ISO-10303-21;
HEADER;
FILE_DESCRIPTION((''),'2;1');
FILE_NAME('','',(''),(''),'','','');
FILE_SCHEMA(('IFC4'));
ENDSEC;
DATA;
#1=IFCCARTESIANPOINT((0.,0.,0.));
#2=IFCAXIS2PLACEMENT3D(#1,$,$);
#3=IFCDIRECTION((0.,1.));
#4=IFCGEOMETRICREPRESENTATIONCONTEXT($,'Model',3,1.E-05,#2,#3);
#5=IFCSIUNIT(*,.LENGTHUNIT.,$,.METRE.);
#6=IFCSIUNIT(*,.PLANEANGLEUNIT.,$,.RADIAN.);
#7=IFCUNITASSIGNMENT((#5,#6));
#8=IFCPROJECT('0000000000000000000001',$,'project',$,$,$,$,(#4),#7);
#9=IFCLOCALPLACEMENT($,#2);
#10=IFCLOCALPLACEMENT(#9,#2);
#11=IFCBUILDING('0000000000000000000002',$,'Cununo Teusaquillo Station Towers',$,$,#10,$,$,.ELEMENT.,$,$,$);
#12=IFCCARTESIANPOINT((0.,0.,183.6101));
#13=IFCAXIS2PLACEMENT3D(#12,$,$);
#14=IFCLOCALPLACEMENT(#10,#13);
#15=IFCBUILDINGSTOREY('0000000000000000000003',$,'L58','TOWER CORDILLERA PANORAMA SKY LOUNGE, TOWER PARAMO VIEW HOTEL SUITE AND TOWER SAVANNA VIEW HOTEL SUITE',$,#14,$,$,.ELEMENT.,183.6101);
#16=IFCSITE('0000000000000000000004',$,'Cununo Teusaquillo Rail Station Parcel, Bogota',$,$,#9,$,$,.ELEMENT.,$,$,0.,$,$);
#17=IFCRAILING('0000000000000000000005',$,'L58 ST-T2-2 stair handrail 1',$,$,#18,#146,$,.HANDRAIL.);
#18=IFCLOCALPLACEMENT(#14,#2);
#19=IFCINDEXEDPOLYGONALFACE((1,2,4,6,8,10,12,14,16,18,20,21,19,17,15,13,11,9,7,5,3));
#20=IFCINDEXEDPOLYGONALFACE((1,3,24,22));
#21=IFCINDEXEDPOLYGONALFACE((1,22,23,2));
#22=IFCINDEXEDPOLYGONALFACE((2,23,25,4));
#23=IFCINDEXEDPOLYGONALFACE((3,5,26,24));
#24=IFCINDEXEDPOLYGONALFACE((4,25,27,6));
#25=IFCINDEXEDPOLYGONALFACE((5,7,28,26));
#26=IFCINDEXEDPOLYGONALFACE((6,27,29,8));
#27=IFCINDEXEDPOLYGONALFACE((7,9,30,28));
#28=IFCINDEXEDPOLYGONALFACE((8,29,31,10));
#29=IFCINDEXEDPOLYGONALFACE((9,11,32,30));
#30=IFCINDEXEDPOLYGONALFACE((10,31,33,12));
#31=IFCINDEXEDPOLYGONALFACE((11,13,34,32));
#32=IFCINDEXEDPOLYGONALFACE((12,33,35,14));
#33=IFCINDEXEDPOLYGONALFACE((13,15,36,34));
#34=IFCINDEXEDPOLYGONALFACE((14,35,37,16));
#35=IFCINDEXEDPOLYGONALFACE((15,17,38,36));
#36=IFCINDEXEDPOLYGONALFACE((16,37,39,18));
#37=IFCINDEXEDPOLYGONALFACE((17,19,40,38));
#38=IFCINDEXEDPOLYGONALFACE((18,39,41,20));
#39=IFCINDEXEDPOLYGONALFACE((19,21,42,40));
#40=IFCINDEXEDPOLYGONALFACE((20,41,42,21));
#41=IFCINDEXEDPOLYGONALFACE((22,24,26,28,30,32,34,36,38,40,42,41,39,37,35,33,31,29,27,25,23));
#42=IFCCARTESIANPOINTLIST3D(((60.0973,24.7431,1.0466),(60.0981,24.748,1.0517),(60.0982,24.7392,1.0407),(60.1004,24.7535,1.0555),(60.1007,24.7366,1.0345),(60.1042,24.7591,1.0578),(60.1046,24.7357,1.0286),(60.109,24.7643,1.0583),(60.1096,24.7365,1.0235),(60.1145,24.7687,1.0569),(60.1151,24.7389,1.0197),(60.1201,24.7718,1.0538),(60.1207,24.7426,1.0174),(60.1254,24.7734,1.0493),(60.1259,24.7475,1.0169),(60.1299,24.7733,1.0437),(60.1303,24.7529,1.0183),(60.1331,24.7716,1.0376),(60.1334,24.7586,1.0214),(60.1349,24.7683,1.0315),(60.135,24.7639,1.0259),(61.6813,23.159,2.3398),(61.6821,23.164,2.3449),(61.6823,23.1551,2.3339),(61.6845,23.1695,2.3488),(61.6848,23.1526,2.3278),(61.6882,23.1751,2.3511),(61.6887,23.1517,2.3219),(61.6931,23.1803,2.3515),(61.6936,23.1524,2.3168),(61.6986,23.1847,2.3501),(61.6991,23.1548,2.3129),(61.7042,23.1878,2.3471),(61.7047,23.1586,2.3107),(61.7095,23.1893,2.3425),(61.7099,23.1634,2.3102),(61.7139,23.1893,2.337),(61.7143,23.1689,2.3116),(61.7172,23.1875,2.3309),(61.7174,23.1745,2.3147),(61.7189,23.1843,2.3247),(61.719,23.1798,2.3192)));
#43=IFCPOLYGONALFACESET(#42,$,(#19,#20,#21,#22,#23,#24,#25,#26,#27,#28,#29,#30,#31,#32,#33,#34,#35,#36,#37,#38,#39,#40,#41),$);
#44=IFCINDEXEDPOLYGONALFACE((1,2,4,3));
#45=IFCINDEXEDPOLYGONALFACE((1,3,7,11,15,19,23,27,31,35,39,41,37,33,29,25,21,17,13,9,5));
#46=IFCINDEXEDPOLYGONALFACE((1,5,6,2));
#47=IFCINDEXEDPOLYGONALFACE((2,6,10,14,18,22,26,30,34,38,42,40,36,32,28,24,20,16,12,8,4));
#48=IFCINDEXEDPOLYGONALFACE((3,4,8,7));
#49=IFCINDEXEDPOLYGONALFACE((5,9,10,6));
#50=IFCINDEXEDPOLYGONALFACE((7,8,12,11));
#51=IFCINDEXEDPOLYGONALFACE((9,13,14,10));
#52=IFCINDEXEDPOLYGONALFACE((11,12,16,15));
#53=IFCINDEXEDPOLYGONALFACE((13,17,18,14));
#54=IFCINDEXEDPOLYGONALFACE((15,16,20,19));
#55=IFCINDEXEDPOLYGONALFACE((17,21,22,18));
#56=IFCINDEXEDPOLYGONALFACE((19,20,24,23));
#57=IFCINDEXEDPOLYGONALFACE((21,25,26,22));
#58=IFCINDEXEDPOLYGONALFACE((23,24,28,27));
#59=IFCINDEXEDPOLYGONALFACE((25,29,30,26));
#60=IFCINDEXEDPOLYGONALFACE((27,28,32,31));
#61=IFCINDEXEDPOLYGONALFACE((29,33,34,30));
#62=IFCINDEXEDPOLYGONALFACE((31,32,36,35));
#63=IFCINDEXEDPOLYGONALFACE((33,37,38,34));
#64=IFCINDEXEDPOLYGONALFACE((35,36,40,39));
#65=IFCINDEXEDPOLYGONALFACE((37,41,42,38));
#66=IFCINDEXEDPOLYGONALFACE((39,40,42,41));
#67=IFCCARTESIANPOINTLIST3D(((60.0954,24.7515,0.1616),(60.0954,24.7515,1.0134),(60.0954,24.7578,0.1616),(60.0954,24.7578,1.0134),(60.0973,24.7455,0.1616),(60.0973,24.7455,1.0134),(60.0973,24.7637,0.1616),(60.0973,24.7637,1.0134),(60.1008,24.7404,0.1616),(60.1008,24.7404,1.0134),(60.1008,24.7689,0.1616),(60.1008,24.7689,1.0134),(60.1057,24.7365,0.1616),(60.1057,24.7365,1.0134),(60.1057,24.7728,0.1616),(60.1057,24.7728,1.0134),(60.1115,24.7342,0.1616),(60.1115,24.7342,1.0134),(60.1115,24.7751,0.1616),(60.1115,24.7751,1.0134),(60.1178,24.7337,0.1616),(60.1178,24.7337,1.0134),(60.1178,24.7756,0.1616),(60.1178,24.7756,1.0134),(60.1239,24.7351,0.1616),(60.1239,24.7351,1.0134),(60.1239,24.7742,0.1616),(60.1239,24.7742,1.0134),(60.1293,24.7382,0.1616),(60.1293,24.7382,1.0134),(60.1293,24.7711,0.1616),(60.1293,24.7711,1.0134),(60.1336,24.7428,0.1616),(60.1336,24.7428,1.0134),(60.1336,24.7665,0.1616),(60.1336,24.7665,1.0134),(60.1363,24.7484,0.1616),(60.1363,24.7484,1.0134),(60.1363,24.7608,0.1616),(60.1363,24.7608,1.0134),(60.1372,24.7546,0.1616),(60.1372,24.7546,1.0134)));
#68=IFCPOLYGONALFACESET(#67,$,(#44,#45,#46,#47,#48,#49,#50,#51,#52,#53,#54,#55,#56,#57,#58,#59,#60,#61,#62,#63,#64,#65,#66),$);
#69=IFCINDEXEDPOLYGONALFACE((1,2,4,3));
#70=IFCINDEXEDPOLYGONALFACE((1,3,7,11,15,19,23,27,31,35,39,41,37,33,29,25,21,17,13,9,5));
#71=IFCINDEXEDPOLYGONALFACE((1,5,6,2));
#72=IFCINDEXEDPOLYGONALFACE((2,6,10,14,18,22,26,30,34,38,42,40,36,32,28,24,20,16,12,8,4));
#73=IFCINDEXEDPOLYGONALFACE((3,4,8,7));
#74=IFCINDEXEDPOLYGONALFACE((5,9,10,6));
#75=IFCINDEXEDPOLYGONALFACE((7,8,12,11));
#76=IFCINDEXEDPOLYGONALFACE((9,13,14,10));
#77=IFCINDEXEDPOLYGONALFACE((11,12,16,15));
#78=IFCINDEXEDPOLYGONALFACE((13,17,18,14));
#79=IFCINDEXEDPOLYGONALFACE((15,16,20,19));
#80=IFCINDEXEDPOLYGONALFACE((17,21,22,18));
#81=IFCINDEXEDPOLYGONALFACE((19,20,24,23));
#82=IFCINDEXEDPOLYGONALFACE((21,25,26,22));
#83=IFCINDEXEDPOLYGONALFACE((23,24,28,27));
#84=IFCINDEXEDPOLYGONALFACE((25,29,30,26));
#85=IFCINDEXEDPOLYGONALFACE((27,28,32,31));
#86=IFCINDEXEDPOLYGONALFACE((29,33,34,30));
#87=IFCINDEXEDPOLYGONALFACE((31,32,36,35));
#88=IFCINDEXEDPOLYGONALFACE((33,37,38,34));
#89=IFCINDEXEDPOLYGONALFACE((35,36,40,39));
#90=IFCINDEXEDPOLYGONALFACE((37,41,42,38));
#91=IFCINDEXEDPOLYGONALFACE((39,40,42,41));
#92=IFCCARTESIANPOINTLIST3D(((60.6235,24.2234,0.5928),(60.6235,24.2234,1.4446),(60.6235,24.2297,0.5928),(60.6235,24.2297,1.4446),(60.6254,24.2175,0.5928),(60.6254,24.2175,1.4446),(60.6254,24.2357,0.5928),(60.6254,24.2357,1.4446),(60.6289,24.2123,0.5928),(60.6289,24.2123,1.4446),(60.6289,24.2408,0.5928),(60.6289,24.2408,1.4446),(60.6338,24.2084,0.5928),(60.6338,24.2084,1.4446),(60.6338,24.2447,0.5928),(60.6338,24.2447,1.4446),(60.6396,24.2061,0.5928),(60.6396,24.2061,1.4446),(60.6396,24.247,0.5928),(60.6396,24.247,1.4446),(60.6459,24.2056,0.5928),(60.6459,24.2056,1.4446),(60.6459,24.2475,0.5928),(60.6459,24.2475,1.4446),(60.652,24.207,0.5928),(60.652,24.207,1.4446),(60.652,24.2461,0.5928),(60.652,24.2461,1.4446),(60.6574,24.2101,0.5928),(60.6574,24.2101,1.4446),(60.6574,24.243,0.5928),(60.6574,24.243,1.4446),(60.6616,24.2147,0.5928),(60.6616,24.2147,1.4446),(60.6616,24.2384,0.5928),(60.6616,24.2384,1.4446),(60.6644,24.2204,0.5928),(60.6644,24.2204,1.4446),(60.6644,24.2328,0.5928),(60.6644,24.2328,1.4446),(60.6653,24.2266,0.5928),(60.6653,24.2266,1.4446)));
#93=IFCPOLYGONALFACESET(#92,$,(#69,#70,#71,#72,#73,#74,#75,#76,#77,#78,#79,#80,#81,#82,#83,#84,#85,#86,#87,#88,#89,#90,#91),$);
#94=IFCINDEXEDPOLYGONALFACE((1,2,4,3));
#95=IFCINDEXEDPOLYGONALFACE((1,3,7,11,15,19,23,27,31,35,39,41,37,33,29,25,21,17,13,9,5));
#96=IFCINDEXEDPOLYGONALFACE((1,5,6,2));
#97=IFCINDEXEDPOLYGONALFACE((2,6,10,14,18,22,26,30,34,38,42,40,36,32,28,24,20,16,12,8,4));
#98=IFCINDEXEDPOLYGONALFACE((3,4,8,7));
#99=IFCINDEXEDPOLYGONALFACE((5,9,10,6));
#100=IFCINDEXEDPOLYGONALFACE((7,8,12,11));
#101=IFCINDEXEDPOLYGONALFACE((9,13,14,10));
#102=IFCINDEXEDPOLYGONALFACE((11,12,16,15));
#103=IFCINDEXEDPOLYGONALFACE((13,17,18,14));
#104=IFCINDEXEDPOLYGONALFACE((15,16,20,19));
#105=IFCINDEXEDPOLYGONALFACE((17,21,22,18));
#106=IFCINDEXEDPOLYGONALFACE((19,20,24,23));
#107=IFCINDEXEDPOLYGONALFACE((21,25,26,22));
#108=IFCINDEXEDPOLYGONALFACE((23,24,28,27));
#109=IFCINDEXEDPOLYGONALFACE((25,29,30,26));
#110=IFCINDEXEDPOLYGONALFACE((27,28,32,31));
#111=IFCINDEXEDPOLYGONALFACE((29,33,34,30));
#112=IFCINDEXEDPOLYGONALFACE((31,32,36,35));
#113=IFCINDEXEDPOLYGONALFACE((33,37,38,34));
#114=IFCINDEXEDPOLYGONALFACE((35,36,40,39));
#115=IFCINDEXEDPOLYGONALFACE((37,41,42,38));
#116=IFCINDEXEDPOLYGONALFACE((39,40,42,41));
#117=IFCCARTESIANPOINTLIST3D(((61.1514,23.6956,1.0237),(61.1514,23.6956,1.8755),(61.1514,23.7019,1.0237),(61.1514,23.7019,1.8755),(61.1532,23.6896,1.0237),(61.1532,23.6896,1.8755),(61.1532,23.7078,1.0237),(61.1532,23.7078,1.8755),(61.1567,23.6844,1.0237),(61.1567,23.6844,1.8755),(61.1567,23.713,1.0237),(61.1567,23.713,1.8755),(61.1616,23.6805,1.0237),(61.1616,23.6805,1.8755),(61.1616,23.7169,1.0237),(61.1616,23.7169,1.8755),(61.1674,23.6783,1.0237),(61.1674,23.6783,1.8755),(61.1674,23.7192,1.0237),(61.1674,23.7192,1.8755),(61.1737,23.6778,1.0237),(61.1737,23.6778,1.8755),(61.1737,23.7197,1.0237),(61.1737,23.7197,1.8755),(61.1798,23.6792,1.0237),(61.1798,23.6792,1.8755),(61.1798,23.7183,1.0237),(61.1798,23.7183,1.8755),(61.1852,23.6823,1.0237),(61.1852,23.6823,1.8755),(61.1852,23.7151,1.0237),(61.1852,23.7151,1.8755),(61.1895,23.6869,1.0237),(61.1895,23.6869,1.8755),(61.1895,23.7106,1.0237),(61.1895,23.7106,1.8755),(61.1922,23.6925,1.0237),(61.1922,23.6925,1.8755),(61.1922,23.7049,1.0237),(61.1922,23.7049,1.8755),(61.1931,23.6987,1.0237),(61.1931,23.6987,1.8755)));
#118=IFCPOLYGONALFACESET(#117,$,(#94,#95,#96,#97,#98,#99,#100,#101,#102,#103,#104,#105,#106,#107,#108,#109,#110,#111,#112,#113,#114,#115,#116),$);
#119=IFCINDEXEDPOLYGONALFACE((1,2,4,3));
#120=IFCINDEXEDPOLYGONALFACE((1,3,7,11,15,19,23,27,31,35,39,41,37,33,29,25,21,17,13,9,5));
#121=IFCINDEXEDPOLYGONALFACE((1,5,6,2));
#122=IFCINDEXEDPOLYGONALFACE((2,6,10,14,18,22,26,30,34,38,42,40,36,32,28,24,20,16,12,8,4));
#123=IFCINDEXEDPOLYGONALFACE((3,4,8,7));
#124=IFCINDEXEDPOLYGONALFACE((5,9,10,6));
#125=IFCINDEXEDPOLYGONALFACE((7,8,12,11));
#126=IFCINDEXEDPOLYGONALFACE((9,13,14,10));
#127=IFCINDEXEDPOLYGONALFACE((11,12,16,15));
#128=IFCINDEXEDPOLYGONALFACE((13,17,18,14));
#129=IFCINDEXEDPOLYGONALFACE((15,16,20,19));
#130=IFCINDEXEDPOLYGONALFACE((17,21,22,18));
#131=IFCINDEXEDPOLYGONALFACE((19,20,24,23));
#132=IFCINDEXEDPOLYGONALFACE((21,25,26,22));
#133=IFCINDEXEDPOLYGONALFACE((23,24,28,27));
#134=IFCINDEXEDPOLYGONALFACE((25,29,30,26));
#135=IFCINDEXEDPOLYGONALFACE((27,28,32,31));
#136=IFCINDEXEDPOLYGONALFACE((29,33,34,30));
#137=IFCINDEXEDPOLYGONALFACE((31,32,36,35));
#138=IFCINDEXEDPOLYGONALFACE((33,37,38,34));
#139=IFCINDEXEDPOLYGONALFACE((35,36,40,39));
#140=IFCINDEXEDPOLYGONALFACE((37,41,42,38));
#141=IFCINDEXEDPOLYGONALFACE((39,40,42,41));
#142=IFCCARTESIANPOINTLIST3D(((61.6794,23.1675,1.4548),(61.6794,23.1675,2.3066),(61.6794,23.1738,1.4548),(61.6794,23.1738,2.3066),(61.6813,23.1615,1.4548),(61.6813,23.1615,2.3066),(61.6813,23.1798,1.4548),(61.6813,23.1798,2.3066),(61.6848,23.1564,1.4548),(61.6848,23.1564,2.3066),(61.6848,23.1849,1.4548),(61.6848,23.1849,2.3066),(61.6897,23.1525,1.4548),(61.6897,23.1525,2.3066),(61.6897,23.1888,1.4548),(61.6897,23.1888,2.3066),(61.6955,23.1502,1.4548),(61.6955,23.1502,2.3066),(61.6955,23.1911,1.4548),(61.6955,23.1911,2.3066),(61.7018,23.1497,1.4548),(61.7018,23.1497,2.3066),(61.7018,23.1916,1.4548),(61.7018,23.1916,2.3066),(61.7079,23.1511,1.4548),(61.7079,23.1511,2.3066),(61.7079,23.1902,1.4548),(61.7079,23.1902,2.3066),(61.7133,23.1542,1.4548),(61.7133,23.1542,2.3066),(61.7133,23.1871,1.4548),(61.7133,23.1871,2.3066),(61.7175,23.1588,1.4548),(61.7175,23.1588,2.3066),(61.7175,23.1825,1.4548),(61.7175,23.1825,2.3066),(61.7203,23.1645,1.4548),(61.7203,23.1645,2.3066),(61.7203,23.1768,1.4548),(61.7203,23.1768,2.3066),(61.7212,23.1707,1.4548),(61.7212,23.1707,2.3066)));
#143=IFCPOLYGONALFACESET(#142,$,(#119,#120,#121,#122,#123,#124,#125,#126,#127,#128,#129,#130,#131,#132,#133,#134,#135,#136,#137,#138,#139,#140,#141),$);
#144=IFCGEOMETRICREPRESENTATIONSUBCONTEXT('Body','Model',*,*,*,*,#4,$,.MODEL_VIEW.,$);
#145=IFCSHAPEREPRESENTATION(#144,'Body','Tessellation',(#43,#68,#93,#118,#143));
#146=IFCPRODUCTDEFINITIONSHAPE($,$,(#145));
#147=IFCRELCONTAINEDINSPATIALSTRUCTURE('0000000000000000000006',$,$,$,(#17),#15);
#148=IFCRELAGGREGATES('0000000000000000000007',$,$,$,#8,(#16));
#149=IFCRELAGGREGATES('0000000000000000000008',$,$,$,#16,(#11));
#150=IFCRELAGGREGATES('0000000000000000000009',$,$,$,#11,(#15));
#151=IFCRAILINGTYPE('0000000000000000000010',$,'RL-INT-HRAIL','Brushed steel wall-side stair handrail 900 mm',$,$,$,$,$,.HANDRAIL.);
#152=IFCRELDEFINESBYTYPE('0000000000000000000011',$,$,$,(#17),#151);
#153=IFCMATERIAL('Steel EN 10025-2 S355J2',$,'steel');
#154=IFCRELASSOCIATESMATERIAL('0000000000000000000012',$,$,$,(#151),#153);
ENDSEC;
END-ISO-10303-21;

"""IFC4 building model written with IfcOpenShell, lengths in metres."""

from ifc_helpers import new_model, si_unit, direction, frame, origin, origin_2d, place, context, subcontext, project, spatial, circle, extrude, material, type_object, element, save


model = new_model("IFC4")

# Units and contexts
model_context = context("Model", 3, precision=1e-05, world=origin(), true_north=direction((0.0, 1.0)))
body_context = subcontext(model_context, "Body", "Model", "MODEL_VIEW")
ifc_project = project(units=[si_unit("LENGTHUNIT", "METRE"), si_unit("PLANEANGLEUNIT", "RADIAN")], contexts=[model_context])

# Site, building, storey
site_placement = place(None, origin())
site = spatial("IfcSite", under=ifc_project, at=site_placement, Name="Cununo Teusaquillo Rail Station Parcel, Bogota", CompositionType="ELEMENT", RefElevation=0.0)
building_placement = place(site_placement, origin())
building = spatial("IfcBuilding", under=site, at=building_placement, Name="Cununo Teusaquillo Station Towers", CompositionType="ELEMENT")
storey_placement = place(building_placement, frame((0.0, 0.0, 183.6101)))
storey = spatial("IfcBuildingStorey", under=building, at=storey_placement, Name="L58", Description="TOWER CORDILLERA PANORAMA SKY LOUNGE, TOWER PARAMO VIEW HOTEL SUITE AND TOWER SAVANNA VIEW HOTEL SUITE", CompositionType="ELEMENT", Elevation=183.6101)

# Railing
ifc_material_1 = material(Name="Steel EN 10025-2 S355J2", Category="steel")
railing_type_1 = type_object("IfcRailingType", Name="RL-INT-HRAIL", Description="Brushed steel wall-side stair handrail 900 mm", PredefinedType="HANDRAIL", material=ifc_material_1)
railing_1_placement = place(storey_placement, frame((60.1162, 24.7546, 0.1616)))
element("IfcRailing", 1, at=railing_1_placement, inside=storey, type_object=railing_type_1, Name="L58 ST-T2-2 stair handrail 1", PredefinedType="HANDRAIL", context=body_context, shape_type="SweptSolid", body=[
    extrude(circle(Radius=0.0239, at=origin_2d()), frame((0.0, 0.0, 0.876), z_axis=(0.612385, -0.612385, 0.49997), x_axis=(0.707107, 0.707107, 0.0)), (0.0, 0.0, 1.0), 2.5867),
    extrude(circle(Radius=0.021, at=origin_2d()), origin(), (0.0, 0.0, 1.0), 0.8518),
    extrude(circle(Radius=0.021, at=origin_2d()), frame((0.5281, -0.5281, 0.4312)), (0.0, 0.0, 1.0), 0.8518),
    extrude(circle(Radius=0.021, at=origin_2d()), frame((1.0559, -1.0559, 0.8621)), (0.0, 0.0, 1.0), 0.8518),
    extrude(circle(Radius=0.021, at=origin_2d()), frame((1.584, -1.584, 1.2932)), (0.0, 0.0, 1.0), 0.8518),
])

save(model, "model.ifc")
